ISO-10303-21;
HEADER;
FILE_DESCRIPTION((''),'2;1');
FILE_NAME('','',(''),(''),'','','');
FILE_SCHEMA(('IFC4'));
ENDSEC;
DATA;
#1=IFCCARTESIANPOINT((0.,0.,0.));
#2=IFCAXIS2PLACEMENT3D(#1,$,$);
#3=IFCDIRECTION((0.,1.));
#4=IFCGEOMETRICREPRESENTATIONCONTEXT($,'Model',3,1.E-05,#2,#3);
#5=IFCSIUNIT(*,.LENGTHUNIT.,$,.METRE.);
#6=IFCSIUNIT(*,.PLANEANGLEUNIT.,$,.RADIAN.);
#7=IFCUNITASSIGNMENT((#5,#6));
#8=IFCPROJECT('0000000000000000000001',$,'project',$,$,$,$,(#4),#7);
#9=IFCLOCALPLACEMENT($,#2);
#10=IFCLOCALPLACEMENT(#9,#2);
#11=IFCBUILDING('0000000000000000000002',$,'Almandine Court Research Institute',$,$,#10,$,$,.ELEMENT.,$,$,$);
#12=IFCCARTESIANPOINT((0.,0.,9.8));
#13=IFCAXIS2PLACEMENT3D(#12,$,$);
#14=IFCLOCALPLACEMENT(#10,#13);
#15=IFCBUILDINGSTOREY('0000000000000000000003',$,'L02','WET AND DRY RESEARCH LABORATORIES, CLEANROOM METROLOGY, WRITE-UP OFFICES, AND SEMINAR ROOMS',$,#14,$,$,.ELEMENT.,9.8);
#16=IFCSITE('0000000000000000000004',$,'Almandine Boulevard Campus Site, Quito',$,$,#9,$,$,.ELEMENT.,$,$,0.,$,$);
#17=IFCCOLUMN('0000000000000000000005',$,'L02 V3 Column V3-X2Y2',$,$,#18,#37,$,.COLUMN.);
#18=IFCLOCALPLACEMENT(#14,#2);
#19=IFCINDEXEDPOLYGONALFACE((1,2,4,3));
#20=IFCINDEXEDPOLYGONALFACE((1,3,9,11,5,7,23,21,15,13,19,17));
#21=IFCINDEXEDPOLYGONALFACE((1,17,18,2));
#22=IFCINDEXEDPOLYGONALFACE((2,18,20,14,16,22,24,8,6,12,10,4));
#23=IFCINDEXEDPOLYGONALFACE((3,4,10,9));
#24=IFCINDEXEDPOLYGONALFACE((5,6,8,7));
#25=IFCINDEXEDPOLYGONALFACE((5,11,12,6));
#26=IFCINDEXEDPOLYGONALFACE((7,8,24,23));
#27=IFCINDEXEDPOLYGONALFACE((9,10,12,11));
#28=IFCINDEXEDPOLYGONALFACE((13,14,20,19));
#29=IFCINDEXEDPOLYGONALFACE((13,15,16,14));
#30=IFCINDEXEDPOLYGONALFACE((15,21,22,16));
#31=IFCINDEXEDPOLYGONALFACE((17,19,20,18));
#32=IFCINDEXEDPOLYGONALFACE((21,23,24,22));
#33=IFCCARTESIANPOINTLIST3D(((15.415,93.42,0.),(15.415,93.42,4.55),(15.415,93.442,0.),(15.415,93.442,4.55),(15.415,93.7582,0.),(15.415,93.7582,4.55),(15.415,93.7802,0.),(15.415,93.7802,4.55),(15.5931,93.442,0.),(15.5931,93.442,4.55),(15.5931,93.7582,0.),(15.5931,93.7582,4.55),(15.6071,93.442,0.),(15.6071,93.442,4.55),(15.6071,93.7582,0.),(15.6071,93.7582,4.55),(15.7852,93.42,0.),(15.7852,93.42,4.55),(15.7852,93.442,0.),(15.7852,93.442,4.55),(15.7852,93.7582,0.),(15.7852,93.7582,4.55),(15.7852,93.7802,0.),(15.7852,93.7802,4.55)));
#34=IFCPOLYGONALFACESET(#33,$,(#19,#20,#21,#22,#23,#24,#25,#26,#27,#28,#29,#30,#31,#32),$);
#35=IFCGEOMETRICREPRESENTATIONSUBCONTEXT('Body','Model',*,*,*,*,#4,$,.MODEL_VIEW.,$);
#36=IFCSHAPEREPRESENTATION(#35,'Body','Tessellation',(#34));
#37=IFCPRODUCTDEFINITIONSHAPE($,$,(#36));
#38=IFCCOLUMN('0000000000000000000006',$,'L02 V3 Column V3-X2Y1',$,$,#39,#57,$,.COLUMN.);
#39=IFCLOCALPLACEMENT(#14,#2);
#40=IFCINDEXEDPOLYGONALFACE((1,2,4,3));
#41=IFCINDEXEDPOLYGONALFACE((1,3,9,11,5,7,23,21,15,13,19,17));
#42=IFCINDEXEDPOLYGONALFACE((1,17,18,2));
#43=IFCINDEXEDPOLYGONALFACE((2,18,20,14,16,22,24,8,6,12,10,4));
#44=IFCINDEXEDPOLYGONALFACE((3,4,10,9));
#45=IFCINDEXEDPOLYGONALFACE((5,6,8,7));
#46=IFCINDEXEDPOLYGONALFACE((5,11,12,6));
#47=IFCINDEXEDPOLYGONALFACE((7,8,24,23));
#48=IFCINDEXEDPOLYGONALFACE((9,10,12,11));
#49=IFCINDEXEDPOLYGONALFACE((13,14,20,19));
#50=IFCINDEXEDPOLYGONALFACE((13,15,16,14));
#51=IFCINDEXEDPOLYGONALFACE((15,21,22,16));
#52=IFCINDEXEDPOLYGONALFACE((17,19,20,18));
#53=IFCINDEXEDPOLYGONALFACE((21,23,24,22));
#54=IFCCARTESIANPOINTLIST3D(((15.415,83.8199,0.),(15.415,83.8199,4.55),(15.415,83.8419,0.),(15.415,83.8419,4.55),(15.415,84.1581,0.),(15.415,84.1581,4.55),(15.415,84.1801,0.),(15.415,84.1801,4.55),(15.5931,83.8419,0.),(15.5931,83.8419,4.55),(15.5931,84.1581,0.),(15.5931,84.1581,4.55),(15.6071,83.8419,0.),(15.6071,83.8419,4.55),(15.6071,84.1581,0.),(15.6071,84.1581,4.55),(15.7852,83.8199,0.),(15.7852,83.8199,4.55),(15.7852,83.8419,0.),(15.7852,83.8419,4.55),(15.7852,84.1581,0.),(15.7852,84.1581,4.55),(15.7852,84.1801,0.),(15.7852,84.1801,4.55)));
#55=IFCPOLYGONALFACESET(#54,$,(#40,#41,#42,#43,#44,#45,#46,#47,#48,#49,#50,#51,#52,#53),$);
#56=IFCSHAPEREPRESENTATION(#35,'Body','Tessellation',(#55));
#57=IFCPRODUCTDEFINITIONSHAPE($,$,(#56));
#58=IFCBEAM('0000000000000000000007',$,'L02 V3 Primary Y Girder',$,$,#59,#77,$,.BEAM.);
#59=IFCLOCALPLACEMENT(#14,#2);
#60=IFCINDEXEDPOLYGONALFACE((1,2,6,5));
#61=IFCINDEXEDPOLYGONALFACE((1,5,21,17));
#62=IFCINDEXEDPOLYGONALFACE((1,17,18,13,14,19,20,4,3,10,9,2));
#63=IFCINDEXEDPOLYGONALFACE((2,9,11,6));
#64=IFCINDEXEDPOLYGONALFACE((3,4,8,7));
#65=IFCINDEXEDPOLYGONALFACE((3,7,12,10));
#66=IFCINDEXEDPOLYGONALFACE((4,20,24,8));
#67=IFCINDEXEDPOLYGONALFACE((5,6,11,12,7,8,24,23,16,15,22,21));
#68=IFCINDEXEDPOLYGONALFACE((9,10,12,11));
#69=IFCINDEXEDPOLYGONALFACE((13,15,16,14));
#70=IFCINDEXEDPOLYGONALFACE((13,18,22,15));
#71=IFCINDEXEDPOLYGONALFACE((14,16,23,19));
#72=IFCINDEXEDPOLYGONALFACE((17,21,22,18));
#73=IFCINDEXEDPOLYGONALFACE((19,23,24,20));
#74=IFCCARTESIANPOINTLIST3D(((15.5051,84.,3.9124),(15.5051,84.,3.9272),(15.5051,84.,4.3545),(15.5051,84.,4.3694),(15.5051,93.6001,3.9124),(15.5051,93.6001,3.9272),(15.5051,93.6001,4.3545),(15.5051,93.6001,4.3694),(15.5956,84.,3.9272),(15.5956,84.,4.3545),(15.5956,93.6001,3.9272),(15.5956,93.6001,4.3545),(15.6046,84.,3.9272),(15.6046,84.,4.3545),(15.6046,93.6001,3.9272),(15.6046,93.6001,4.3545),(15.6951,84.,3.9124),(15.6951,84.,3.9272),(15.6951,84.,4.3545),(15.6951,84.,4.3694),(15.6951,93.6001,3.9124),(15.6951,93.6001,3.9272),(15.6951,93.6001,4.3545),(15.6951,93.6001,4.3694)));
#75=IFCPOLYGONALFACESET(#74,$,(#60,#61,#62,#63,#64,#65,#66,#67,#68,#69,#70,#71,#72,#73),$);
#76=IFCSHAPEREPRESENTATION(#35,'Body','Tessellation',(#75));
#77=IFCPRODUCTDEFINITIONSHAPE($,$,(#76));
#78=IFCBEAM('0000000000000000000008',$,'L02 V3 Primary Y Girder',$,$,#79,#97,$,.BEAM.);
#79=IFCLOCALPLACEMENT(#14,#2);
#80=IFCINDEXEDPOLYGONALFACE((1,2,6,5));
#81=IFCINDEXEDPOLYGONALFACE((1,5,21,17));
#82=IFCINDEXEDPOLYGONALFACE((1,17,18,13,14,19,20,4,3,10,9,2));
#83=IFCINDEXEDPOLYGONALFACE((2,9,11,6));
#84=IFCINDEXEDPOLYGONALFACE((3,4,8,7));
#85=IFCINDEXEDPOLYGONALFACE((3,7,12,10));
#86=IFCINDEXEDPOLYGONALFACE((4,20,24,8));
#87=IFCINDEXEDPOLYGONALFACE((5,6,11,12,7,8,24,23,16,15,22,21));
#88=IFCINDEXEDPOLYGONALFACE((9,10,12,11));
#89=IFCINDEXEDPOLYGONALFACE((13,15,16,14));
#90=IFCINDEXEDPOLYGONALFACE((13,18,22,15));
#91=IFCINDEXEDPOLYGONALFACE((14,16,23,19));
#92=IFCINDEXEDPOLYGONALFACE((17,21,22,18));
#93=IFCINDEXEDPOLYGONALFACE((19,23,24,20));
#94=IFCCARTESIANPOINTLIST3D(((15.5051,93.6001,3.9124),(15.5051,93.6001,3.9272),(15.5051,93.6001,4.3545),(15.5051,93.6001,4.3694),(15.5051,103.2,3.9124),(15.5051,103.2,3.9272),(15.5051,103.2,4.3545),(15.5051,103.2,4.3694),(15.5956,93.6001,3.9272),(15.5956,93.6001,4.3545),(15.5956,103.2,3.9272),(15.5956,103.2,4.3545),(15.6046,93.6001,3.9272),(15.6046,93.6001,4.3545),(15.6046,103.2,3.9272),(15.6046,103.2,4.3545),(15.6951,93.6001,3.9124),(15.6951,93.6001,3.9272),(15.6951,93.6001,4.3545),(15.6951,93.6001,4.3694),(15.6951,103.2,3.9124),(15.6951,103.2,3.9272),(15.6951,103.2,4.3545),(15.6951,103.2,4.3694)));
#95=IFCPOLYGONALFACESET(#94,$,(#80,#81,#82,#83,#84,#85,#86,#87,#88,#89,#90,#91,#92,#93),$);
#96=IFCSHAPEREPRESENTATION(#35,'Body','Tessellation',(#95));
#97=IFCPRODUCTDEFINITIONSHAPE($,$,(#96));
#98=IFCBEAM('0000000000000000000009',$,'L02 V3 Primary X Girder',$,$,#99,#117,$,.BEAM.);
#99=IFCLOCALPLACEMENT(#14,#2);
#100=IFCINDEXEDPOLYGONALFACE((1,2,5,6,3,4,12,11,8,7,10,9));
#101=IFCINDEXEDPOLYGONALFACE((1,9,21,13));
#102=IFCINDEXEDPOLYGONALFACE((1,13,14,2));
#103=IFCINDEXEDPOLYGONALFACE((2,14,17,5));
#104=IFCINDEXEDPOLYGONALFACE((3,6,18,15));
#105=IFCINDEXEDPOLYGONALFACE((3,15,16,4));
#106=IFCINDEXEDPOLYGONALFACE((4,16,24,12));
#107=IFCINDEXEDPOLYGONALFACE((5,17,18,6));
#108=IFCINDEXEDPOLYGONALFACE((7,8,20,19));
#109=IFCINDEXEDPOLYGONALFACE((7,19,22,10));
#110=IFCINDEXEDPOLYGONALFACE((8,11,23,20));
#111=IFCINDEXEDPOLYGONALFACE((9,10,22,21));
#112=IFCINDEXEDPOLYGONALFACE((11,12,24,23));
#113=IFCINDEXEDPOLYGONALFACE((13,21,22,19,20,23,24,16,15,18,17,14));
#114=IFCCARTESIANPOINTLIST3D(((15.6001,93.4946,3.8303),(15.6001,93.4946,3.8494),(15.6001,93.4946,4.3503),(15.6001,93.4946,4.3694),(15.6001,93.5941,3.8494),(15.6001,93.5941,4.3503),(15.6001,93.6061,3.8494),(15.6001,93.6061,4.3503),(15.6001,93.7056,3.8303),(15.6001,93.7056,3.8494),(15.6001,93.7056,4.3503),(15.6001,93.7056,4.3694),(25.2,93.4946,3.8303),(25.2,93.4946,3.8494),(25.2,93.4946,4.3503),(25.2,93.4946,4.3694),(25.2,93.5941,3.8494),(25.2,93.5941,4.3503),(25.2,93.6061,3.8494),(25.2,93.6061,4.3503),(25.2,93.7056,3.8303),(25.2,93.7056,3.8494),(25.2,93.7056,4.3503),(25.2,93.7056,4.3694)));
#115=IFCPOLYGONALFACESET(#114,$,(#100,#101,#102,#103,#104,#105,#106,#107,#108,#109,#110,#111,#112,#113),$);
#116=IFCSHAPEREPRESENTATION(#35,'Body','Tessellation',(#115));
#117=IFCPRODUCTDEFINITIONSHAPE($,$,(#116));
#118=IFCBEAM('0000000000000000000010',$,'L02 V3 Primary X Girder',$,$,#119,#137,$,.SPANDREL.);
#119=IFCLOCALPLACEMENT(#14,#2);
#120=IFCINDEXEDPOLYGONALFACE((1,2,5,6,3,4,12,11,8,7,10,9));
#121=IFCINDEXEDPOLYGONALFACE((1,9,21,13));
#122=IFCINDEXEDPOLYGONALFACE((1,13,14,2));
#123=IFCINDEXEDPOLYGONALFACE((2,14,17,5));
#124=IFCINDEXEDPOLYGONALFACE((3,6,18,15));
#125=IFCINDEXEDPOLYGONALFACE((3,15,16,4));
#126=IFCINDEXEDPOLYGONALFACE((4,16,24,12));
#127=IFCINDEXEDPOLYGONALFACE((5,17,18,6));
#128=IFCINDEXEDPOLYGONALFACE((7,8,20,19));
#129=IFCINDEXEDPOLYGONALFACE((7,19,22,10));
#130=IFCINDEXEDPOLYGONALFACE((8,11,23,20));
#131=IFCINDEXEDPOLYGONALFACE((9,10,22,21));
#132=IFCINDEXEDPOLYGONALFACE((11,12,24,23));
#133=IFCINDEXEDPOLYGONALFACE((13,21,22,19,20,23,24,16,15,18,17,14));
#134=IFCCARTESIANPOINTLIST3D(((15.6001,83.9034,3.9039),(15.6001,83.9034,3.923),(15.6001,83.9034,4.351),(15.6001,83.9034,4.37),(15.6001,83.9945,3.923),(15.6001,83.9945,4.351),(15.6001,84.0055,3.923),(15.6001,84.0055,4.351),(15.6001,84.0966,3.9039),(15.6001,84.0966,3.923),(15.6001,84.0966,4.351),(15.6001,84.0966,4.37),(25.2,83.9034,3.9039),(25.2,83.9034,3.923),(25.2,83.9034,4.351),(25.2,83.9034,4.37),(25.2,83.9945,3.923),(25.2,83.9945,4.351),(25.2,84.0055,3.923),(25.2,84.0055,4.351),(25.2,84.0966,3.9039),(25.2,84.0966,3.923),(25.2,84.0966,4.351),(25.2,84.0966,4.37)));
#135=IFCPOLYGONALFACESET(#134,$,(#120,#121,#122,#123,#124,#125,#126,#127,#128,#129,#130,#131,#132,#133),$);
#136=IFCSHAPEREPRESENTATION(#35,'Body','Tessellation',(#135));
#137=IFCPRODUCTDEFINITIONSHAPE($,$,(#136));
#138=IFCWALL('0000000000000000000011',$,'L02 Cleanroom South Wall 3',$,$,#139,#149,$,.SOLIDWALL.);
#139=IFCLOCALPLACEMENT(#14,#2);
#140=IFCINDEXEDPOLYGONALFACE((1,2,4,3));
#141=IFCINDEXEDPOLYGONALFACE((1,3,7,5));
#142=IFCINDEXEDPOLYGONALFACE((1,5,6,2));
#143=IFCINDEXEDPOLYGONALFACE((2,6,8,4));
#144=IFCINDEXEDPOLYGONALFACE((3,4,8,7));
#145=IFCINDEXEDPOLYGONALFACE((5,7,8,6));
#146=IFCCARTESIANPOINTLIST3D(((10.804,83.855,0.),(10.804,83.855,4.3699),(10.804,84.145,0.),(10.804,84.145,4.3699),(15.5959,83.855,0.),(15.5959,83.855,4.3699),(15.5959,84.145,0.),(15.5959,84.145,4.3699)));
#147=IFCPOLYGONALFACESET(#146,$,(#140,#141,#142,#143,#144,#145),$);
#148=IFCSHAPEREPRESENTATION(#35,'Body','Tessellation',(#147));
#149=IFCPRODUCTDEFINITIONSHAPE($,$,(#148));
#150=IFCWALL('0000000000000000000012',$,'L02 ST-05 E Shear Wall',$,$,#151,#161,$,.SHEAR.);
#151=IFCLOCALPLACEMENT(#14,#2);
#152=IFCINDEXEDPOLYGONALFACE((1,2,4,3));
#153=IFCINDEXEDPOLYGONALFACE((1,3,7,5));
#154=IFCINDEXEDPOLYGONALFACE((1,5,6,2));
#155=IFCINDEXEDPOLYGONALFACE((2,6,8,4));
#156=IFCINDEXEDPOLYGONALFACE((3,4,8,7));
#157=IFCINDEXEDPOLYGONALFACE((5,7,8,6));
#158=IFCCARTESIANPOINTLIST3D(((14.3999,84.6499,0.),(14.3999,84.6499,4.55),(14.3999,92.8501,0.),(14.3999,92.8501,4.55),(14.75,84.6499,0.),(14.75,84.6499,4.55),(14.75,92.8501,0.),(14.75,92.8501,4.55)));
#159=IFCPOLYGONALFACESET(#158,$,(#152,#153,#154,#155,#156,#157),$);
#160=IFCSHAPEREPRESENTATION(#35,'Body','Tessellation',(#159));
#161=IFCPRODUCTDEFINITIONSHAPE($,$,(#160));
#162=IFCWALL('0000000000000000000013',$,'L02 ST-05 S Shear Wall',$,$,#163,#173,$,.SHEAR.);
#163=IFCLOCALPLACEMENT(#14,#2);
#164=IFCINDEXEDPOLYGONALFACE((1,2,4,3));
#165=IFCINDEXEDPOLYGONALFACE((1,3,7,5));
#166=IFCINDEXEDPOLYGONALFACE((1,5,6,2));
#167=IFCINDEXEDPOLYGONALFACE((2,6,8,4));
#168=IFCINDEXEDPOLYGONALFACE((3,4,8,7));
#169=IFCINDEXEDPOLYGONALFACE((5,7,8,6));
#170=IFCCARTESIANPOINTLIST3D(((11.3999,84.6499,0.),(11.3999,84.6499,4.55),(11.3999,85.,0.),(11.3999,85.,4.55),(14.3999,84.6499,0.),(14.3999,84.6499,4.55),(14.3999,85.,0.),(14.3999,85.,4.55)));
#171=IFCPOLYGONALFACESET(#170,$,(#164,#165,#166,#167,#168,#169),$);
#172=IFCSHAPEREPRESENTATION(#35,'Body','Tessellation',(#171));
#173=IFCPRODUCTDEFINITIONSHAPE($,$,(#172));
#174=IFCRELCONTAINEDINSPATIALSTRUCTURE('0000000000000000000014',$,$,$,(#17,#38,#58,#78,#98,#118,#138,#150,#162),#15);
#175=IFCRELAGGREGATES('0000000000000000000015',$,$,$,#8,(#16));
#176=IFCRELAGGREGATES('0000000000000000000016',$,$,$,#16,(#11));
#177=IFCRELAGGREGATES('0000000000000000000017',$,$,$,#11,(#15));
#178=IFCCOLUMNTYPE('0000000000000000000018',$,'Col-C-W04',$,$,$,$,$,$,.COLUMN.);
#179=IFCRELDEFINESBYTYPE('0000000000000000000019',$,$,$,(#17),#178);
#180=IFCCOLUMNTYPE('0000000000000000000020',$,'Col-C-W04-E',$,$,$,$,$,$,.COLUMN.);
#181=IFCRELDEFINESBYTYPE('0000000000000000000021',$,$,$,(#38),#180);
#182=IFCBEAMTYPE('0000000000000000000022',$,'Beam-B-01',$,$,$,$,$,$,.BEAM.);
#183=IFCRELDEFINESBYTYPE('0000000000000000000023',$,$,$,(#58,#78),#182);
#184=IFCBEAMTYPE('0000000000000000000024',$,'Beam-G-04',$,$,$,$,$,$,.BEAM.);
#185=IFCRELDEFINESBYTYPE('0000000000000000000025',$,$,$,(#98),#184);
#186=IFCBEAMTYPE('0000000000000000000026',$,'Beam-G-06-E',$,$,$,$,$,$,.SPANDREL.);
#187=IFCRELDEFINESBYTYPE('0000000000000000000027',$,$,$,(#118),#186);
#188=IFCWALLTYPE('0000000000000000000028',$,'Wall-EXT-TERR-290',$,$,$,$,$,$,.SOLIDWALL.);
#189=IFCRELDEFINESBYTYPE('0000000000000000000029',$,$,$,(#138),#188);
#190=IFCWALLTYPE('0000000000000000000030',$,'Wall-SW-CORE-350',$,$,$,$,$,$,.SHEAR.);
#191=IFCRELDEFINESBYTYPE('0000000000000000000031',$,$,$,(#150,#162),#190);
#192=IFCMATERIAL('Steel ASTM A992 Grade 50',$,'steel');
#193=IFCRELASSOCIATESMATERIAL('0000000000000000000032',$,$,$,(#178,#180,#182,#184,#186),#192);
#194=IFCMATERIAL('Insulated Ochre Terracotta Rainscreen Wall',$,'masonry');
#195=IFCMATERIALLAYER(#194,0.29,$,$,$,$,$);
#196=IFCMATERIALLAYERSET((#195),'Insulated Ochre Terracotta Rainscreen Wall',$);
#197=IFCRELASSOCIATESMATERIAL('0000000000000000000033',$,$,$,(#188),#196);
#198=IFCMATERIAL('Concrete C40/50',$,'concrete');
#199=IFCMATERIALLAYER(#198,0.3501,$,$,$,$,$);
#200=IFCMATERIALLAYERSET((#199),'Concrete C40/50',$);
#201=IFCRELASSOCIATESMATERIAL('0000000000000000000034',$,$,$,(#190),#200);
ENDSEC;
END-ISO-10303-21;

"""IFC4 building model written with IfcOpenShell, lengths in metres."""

from ifc_helpers import new_model, si_unit, direction, frame, frame_2d, origin, origin_2d, place, context, subcontext, project, spatial, rectangle, i_section, extrude, material, layer, layer_set, material_profile, profile_set, type_object, element, save


model = new_model("IFC4")

# Units and contexts
model_context = context("Model", 3, precision=1e-05, world=origin(), true_north=direction((0.0, 1.0)))
body_context = subcontext(model_context, "Body", "Model", "MODEL_VIEW")
ifc_project = project(units=[si_unit("LENGTHUNIT", "METRE"), si_unit("PLANEANGLEUNIT", "RADIAN")], contexts=[model_context])

# Site, building, storey
site_placement = place(None, origin())
site = spatial("IfcSite", under=ifc_project, at=site_placement, Name="Almandine Boulevard Campus Site, Quito", CompositionType="ELEMENT", RefElevation=0.0)
building_placement = place(site_placement, origin())
building = spatial("IfcBuilding", under=site, at=building_placement, Name="Almandine Court Research Institute", CompositionType="ELEMENT")
storey_placement = place(building_placement, frame((0.0, 0.0, 9.8)))
storey = spatial("IfcBuildingStorey", under=building, at=storey_placement, Name="L02", Description="WET AND DRY RESEARCH LABORATORIES, CLEANROOM METROLOGY, WRITE-UP OFFICES, AND SEMINAR ROOMS", CompositionType="ELEMENT", Elevation=9.8)

# Columns
ifc_material_1 = material(Name="Steel ASTM A992 Grade 50", Category="steel")
ifc_material_profile_1 = material_profile(ifc_material_1, i_section(OverallWidth=0.3701, OverallDepth=0.3601, WebThickness=0.0139, FlangeThickness=0.022, at=origin_2d()), Name="W360x147")
ifc_profile_set_1 = profile_set([ifc_material_profile_1], Name="Steel ASTM A992 Grade 50")
column_type_1 = type_object("IfcColumnType", Name="Col-C-W04", PredefinedType="COLUMN", material=ifc_profile_set_1)
column_1_placement = place(storey_placement, frame((15.6001, 93.6001, 0.0), z_axis=(0.0, 0.0, 1.0), x_axis=(1.0, 0.0, 0.0)))
element("IfcColumn", 1, at=column_1_placement, inside=storey, type_object=column_type_1, Name="L02 V3 Column V3-X2Y2", PredefinedType="COLUMN", context=body_context, shape_type="SweptSolid", body=[
    extrude(i_section(OverallWidth=0.3701, OverallDepth=0.3601, WebThickness=0.0139, FlangeThickness=0.022, at=origin_2d()), origin(), (0.0, 0.0, 1.0), 4.55),
])
ifc_material_profile_2 = material_profile(ifc_material_1, i_section(OverallWidth=0.3701, OverallDepth=0.3601, WebThickness=0.0139, FlangeThickness=0.022, at=origin_2d()), Name="W360x147")
ifc_profile_set_2 = profile_set([ifc_material_profile_2], Name="Steel ASTM A992 Grade 50")
column_type_2 = type_object("IfcColumnType", Name="Col-C-W04-E", PredefinedType="COLUMN", material=ifc_profile_set_2)
column_2_placement = place(storey_placement, frame((15.6001, 84.0, 0.0), z_axis=(0.0, 0.0, 1.0), x_axis=(1.0, 0.0, 0.0)))
element("IfcColumn", 2, at=column_2_placement, inside=storey, type_object=column_type_2, Name="L02 V3 Column V3-X2Y1", PredefinedType="COLUMN", context=body_context, shape_type="SweptSolid", body=[
    extrude(i_section(OverallWidth=0.3701, OverallDepth=0.3601, WebThickness=0.0139, FlangeThickness=0.022, at=origin_2d()), origin(), (0.0, 0.0, 1.0), 4.55),
])

# Beams
ifc_material_profile_3 = material_profile(ifc_material_1, i_section(OverallWidth=0.1899, OverallDepth=0.457, WebThickness=0.009, FlangeThickness=0.0149, at=origin_2d()), Name="W460x74")
ifc_profile_set_3 = profile_set([ifc_material_profile_3], Name="Steel ASTM A992 Grade 50")
beam_type_1 = type_object("IfcBeamType", Name="Beam-B-01", PredefinedType="BEAM", material=ifc_profile_set_3)
beam_1_placement = place(storey_placement, frame((15.6001, 84.0, 4.1409), z_axis=(0.0, 1.0, 0.0), x_axis=(-1.0, 0.0, 0.0)))
element("IfcBeam", 3, at=beam_1_placement, inside=storey, type_object=beam_type_1, Name="L02 V3 Primary Y Girder", PredefinedType="BEAM", context=body_context, shape_type="SweptSolid", body=[
    extrude(i_section(OverallWidth=0.1899, OverallDepth=0.457, WebThickness=0.009, FlangeThickness=0.0149, at=origin_2d()), origin(), (0.0, 0.0, 1.0), 9.6001),
])
beam_2_placement = place(storey_placement, frame((15.6001, 93.6001, 4.1409), z_axis=(0.0, 1.0, 0.0), x_axis=(-1.0, 0.0, 0.0)))
element("IfcBeam", 4, at=beam_2_placement, inside=storey, type_object=beam_type_1, Name="L02 V3 Primary Y Girder", PredefinedType="BEAM", context=body_context, shape_type="SweptSolid", body=[
    extrude(i_section(OverallWidth=0.1899, OverallDepth=0.457, WebThickness=0.009, FlangeThickness=0.0149, at=origin_2d()), origin(), (0.0, 0.0, 1.0), 9.5999),
])
ifc_material_profile_4 = material_profile(ifc_material_1, i_section(OverallWidth=0.2109, OverallDepth=0.5391, WebThickness=0.012, FlangeThickness=0.019, at=origin_2d()), Name="W530x109")
ifc_profile_set_4 = profile_set([ifc_material_profile_4], Name="Steel ASTM A992 Grade 50")
beam_type_2 = type_object("IfcBeamType", Name="Beam-G-04", PredefinedType="BEAM", material=ifc_profile_set_4)
beam_3_placement = place(storey_placement, frame((15.6001, 93.6001, 4.0999), z_axis=(1.0, 0.0, 0.0), x_axis=(0.0, 1.0, 0.0)))
element("IfcBeam", 5, at=beam_3_placement, inside=storey, type_object=beam_type_2, Name="L02 V3 Primary X Girder", PredefinedType="BEAM", context=body_context, shape_type="SweptSolid", body=[
    extrude(i_section(OverallWidth=0.2109, OverallDepth=0.5391, WebThickness=0.012, FlangeThickness=0.019, at=origin_2d()), origin(), (0.0, 0.0, 1.0), 9.5999),
])
ifc_material_profile_5 = material_profile(ifc_material_1, i_section(OverallWidth=0.1931, OverallDepth=0.4661, WebThickness=0.011, FlangeThickness=0.019, at=origin_2d()), Name="W460x97")
ifc_profile_set_5 = profile_set([ifc_material_profile_5], Name="Steel ASTM A992 Grade 50")
beam_type_3 = type_object("IfcBeamType", Name="Beam-G-06-E", PredefinedType="SPANDREL", material=ifc_profile_set_5)
beam_4_placement = place(storey_placement, frame((15.6001, 84.0, 4.137), z_axis=(1.0, 0.0, 0.0), x_axis=(0.0, 1.0, 0.0)))
element("IfcBeam", 6, at=beam_4_placement, inside=storey, type_object=beam_type_3, Name="L02 V3 Primary X Girder", PredefinedType="SPANDREL", context=body_context, shape_type="SweptSolid", body=[
    extrude(i_section(OverallWidth=0.1931, OverallDepth=0.4661, WebThickness=0.011, FlangeThickness=0.019, at=origin_2d()), origin(), (0.0, 0.0, 1.0), 9.5999),
])

# Walls
ifc_material_2 = material(Name="Insulated Ochre Terracotta Rainscreen Wall", Category="masonry")
ifc_layer_1 = layer(ifc_material_2, 0.29)
ifc_layer_set_1 = layer_set([ifc_layer_1], Name="Insulated Ochre Terracotta Rainscreen Wall")
wall_type_1 = type_object("IfcWallType", Name="Wall-EXT-TERR-290", PredefinedType="SOLIDWALL", material=ifc_layer_set_1)
wall_1_placement = place(storey_placement, frame((15.5959, 84.0, 0.0), z_axis=(0.0, 0.0, 1.0), x_axis=(-1.0, 0.0, 0.0)))
element("IfcWall", 7, at=wall_1_placement, inside=storey, type_object=wall_type_1, Name="L02 Cleanroom South Wall 3", PredefinedType="SOLIDWALL", context=body_context, shape_type="SweptSolid", body=[
    extrude(rectangle(XDim=4.792, YDim=0.29, at=frame_2d((2.396, 0.0))), origin(), (0.0, 0.0, 1.0), 4.3699),
])
ifc_material_3 = material(Name="Concrete C40/50", Category="concrete")
ifc_layer_2 = layer(ifc_material_3, 0.3501)
ifc_layer_set_2 = layer_set([ifc_layer_2], Name="Concrete C40/50")
wall_type_2 = type_object("IfcWallType", Name="Wall-SW-CORE-350", PredefinedType="SHEAR", material=ifc_layer_set_2)
wall_2_placement = place(storey_placement, frame((14.575, 92.8501, 0.0), z_axis=(0.0, 0.0, 1.0), x_axis=(0.0, -1.0, 0.0)))
element("IfcWall", 8, at=wall_2_placement, inside=storey, type_object=wall_type_2, Name="L02 ST-05 E Shear Wall", PredefinedType="SHEAR", context=body_context, shape_type="SweptSolid", body=[
    extrude(rectangle(XDim=8.2002, YDim=0.3501, at=frame_2d((4.1001, 0.0))), origin(), (0.0, 0.0, 1.0), 4.55),
])
wall_3_placement = place(storey_placement, frame((14.3999, 84.825, 0.0), z_axis=(0.0, 0.0, 1.0), x_axis=(-1.0, 0.0, 0.0)))
element("IfcWall", 9, at=wall_3_placement, inside=storey, type_object=wall_type_2, Name="L02 ST-05 S Shear Wall", PredefinedType="SHEAR", context=body_context, shape_type="SweptSolid", body=[
    extrude(rectangle(XDim=3.0, YDim=0.3501, at=frame_2d((1.5, 0.0))), origin(), (0.0, 0.0, 1.0), 4.55),
])

save(model, "model.ifc")
